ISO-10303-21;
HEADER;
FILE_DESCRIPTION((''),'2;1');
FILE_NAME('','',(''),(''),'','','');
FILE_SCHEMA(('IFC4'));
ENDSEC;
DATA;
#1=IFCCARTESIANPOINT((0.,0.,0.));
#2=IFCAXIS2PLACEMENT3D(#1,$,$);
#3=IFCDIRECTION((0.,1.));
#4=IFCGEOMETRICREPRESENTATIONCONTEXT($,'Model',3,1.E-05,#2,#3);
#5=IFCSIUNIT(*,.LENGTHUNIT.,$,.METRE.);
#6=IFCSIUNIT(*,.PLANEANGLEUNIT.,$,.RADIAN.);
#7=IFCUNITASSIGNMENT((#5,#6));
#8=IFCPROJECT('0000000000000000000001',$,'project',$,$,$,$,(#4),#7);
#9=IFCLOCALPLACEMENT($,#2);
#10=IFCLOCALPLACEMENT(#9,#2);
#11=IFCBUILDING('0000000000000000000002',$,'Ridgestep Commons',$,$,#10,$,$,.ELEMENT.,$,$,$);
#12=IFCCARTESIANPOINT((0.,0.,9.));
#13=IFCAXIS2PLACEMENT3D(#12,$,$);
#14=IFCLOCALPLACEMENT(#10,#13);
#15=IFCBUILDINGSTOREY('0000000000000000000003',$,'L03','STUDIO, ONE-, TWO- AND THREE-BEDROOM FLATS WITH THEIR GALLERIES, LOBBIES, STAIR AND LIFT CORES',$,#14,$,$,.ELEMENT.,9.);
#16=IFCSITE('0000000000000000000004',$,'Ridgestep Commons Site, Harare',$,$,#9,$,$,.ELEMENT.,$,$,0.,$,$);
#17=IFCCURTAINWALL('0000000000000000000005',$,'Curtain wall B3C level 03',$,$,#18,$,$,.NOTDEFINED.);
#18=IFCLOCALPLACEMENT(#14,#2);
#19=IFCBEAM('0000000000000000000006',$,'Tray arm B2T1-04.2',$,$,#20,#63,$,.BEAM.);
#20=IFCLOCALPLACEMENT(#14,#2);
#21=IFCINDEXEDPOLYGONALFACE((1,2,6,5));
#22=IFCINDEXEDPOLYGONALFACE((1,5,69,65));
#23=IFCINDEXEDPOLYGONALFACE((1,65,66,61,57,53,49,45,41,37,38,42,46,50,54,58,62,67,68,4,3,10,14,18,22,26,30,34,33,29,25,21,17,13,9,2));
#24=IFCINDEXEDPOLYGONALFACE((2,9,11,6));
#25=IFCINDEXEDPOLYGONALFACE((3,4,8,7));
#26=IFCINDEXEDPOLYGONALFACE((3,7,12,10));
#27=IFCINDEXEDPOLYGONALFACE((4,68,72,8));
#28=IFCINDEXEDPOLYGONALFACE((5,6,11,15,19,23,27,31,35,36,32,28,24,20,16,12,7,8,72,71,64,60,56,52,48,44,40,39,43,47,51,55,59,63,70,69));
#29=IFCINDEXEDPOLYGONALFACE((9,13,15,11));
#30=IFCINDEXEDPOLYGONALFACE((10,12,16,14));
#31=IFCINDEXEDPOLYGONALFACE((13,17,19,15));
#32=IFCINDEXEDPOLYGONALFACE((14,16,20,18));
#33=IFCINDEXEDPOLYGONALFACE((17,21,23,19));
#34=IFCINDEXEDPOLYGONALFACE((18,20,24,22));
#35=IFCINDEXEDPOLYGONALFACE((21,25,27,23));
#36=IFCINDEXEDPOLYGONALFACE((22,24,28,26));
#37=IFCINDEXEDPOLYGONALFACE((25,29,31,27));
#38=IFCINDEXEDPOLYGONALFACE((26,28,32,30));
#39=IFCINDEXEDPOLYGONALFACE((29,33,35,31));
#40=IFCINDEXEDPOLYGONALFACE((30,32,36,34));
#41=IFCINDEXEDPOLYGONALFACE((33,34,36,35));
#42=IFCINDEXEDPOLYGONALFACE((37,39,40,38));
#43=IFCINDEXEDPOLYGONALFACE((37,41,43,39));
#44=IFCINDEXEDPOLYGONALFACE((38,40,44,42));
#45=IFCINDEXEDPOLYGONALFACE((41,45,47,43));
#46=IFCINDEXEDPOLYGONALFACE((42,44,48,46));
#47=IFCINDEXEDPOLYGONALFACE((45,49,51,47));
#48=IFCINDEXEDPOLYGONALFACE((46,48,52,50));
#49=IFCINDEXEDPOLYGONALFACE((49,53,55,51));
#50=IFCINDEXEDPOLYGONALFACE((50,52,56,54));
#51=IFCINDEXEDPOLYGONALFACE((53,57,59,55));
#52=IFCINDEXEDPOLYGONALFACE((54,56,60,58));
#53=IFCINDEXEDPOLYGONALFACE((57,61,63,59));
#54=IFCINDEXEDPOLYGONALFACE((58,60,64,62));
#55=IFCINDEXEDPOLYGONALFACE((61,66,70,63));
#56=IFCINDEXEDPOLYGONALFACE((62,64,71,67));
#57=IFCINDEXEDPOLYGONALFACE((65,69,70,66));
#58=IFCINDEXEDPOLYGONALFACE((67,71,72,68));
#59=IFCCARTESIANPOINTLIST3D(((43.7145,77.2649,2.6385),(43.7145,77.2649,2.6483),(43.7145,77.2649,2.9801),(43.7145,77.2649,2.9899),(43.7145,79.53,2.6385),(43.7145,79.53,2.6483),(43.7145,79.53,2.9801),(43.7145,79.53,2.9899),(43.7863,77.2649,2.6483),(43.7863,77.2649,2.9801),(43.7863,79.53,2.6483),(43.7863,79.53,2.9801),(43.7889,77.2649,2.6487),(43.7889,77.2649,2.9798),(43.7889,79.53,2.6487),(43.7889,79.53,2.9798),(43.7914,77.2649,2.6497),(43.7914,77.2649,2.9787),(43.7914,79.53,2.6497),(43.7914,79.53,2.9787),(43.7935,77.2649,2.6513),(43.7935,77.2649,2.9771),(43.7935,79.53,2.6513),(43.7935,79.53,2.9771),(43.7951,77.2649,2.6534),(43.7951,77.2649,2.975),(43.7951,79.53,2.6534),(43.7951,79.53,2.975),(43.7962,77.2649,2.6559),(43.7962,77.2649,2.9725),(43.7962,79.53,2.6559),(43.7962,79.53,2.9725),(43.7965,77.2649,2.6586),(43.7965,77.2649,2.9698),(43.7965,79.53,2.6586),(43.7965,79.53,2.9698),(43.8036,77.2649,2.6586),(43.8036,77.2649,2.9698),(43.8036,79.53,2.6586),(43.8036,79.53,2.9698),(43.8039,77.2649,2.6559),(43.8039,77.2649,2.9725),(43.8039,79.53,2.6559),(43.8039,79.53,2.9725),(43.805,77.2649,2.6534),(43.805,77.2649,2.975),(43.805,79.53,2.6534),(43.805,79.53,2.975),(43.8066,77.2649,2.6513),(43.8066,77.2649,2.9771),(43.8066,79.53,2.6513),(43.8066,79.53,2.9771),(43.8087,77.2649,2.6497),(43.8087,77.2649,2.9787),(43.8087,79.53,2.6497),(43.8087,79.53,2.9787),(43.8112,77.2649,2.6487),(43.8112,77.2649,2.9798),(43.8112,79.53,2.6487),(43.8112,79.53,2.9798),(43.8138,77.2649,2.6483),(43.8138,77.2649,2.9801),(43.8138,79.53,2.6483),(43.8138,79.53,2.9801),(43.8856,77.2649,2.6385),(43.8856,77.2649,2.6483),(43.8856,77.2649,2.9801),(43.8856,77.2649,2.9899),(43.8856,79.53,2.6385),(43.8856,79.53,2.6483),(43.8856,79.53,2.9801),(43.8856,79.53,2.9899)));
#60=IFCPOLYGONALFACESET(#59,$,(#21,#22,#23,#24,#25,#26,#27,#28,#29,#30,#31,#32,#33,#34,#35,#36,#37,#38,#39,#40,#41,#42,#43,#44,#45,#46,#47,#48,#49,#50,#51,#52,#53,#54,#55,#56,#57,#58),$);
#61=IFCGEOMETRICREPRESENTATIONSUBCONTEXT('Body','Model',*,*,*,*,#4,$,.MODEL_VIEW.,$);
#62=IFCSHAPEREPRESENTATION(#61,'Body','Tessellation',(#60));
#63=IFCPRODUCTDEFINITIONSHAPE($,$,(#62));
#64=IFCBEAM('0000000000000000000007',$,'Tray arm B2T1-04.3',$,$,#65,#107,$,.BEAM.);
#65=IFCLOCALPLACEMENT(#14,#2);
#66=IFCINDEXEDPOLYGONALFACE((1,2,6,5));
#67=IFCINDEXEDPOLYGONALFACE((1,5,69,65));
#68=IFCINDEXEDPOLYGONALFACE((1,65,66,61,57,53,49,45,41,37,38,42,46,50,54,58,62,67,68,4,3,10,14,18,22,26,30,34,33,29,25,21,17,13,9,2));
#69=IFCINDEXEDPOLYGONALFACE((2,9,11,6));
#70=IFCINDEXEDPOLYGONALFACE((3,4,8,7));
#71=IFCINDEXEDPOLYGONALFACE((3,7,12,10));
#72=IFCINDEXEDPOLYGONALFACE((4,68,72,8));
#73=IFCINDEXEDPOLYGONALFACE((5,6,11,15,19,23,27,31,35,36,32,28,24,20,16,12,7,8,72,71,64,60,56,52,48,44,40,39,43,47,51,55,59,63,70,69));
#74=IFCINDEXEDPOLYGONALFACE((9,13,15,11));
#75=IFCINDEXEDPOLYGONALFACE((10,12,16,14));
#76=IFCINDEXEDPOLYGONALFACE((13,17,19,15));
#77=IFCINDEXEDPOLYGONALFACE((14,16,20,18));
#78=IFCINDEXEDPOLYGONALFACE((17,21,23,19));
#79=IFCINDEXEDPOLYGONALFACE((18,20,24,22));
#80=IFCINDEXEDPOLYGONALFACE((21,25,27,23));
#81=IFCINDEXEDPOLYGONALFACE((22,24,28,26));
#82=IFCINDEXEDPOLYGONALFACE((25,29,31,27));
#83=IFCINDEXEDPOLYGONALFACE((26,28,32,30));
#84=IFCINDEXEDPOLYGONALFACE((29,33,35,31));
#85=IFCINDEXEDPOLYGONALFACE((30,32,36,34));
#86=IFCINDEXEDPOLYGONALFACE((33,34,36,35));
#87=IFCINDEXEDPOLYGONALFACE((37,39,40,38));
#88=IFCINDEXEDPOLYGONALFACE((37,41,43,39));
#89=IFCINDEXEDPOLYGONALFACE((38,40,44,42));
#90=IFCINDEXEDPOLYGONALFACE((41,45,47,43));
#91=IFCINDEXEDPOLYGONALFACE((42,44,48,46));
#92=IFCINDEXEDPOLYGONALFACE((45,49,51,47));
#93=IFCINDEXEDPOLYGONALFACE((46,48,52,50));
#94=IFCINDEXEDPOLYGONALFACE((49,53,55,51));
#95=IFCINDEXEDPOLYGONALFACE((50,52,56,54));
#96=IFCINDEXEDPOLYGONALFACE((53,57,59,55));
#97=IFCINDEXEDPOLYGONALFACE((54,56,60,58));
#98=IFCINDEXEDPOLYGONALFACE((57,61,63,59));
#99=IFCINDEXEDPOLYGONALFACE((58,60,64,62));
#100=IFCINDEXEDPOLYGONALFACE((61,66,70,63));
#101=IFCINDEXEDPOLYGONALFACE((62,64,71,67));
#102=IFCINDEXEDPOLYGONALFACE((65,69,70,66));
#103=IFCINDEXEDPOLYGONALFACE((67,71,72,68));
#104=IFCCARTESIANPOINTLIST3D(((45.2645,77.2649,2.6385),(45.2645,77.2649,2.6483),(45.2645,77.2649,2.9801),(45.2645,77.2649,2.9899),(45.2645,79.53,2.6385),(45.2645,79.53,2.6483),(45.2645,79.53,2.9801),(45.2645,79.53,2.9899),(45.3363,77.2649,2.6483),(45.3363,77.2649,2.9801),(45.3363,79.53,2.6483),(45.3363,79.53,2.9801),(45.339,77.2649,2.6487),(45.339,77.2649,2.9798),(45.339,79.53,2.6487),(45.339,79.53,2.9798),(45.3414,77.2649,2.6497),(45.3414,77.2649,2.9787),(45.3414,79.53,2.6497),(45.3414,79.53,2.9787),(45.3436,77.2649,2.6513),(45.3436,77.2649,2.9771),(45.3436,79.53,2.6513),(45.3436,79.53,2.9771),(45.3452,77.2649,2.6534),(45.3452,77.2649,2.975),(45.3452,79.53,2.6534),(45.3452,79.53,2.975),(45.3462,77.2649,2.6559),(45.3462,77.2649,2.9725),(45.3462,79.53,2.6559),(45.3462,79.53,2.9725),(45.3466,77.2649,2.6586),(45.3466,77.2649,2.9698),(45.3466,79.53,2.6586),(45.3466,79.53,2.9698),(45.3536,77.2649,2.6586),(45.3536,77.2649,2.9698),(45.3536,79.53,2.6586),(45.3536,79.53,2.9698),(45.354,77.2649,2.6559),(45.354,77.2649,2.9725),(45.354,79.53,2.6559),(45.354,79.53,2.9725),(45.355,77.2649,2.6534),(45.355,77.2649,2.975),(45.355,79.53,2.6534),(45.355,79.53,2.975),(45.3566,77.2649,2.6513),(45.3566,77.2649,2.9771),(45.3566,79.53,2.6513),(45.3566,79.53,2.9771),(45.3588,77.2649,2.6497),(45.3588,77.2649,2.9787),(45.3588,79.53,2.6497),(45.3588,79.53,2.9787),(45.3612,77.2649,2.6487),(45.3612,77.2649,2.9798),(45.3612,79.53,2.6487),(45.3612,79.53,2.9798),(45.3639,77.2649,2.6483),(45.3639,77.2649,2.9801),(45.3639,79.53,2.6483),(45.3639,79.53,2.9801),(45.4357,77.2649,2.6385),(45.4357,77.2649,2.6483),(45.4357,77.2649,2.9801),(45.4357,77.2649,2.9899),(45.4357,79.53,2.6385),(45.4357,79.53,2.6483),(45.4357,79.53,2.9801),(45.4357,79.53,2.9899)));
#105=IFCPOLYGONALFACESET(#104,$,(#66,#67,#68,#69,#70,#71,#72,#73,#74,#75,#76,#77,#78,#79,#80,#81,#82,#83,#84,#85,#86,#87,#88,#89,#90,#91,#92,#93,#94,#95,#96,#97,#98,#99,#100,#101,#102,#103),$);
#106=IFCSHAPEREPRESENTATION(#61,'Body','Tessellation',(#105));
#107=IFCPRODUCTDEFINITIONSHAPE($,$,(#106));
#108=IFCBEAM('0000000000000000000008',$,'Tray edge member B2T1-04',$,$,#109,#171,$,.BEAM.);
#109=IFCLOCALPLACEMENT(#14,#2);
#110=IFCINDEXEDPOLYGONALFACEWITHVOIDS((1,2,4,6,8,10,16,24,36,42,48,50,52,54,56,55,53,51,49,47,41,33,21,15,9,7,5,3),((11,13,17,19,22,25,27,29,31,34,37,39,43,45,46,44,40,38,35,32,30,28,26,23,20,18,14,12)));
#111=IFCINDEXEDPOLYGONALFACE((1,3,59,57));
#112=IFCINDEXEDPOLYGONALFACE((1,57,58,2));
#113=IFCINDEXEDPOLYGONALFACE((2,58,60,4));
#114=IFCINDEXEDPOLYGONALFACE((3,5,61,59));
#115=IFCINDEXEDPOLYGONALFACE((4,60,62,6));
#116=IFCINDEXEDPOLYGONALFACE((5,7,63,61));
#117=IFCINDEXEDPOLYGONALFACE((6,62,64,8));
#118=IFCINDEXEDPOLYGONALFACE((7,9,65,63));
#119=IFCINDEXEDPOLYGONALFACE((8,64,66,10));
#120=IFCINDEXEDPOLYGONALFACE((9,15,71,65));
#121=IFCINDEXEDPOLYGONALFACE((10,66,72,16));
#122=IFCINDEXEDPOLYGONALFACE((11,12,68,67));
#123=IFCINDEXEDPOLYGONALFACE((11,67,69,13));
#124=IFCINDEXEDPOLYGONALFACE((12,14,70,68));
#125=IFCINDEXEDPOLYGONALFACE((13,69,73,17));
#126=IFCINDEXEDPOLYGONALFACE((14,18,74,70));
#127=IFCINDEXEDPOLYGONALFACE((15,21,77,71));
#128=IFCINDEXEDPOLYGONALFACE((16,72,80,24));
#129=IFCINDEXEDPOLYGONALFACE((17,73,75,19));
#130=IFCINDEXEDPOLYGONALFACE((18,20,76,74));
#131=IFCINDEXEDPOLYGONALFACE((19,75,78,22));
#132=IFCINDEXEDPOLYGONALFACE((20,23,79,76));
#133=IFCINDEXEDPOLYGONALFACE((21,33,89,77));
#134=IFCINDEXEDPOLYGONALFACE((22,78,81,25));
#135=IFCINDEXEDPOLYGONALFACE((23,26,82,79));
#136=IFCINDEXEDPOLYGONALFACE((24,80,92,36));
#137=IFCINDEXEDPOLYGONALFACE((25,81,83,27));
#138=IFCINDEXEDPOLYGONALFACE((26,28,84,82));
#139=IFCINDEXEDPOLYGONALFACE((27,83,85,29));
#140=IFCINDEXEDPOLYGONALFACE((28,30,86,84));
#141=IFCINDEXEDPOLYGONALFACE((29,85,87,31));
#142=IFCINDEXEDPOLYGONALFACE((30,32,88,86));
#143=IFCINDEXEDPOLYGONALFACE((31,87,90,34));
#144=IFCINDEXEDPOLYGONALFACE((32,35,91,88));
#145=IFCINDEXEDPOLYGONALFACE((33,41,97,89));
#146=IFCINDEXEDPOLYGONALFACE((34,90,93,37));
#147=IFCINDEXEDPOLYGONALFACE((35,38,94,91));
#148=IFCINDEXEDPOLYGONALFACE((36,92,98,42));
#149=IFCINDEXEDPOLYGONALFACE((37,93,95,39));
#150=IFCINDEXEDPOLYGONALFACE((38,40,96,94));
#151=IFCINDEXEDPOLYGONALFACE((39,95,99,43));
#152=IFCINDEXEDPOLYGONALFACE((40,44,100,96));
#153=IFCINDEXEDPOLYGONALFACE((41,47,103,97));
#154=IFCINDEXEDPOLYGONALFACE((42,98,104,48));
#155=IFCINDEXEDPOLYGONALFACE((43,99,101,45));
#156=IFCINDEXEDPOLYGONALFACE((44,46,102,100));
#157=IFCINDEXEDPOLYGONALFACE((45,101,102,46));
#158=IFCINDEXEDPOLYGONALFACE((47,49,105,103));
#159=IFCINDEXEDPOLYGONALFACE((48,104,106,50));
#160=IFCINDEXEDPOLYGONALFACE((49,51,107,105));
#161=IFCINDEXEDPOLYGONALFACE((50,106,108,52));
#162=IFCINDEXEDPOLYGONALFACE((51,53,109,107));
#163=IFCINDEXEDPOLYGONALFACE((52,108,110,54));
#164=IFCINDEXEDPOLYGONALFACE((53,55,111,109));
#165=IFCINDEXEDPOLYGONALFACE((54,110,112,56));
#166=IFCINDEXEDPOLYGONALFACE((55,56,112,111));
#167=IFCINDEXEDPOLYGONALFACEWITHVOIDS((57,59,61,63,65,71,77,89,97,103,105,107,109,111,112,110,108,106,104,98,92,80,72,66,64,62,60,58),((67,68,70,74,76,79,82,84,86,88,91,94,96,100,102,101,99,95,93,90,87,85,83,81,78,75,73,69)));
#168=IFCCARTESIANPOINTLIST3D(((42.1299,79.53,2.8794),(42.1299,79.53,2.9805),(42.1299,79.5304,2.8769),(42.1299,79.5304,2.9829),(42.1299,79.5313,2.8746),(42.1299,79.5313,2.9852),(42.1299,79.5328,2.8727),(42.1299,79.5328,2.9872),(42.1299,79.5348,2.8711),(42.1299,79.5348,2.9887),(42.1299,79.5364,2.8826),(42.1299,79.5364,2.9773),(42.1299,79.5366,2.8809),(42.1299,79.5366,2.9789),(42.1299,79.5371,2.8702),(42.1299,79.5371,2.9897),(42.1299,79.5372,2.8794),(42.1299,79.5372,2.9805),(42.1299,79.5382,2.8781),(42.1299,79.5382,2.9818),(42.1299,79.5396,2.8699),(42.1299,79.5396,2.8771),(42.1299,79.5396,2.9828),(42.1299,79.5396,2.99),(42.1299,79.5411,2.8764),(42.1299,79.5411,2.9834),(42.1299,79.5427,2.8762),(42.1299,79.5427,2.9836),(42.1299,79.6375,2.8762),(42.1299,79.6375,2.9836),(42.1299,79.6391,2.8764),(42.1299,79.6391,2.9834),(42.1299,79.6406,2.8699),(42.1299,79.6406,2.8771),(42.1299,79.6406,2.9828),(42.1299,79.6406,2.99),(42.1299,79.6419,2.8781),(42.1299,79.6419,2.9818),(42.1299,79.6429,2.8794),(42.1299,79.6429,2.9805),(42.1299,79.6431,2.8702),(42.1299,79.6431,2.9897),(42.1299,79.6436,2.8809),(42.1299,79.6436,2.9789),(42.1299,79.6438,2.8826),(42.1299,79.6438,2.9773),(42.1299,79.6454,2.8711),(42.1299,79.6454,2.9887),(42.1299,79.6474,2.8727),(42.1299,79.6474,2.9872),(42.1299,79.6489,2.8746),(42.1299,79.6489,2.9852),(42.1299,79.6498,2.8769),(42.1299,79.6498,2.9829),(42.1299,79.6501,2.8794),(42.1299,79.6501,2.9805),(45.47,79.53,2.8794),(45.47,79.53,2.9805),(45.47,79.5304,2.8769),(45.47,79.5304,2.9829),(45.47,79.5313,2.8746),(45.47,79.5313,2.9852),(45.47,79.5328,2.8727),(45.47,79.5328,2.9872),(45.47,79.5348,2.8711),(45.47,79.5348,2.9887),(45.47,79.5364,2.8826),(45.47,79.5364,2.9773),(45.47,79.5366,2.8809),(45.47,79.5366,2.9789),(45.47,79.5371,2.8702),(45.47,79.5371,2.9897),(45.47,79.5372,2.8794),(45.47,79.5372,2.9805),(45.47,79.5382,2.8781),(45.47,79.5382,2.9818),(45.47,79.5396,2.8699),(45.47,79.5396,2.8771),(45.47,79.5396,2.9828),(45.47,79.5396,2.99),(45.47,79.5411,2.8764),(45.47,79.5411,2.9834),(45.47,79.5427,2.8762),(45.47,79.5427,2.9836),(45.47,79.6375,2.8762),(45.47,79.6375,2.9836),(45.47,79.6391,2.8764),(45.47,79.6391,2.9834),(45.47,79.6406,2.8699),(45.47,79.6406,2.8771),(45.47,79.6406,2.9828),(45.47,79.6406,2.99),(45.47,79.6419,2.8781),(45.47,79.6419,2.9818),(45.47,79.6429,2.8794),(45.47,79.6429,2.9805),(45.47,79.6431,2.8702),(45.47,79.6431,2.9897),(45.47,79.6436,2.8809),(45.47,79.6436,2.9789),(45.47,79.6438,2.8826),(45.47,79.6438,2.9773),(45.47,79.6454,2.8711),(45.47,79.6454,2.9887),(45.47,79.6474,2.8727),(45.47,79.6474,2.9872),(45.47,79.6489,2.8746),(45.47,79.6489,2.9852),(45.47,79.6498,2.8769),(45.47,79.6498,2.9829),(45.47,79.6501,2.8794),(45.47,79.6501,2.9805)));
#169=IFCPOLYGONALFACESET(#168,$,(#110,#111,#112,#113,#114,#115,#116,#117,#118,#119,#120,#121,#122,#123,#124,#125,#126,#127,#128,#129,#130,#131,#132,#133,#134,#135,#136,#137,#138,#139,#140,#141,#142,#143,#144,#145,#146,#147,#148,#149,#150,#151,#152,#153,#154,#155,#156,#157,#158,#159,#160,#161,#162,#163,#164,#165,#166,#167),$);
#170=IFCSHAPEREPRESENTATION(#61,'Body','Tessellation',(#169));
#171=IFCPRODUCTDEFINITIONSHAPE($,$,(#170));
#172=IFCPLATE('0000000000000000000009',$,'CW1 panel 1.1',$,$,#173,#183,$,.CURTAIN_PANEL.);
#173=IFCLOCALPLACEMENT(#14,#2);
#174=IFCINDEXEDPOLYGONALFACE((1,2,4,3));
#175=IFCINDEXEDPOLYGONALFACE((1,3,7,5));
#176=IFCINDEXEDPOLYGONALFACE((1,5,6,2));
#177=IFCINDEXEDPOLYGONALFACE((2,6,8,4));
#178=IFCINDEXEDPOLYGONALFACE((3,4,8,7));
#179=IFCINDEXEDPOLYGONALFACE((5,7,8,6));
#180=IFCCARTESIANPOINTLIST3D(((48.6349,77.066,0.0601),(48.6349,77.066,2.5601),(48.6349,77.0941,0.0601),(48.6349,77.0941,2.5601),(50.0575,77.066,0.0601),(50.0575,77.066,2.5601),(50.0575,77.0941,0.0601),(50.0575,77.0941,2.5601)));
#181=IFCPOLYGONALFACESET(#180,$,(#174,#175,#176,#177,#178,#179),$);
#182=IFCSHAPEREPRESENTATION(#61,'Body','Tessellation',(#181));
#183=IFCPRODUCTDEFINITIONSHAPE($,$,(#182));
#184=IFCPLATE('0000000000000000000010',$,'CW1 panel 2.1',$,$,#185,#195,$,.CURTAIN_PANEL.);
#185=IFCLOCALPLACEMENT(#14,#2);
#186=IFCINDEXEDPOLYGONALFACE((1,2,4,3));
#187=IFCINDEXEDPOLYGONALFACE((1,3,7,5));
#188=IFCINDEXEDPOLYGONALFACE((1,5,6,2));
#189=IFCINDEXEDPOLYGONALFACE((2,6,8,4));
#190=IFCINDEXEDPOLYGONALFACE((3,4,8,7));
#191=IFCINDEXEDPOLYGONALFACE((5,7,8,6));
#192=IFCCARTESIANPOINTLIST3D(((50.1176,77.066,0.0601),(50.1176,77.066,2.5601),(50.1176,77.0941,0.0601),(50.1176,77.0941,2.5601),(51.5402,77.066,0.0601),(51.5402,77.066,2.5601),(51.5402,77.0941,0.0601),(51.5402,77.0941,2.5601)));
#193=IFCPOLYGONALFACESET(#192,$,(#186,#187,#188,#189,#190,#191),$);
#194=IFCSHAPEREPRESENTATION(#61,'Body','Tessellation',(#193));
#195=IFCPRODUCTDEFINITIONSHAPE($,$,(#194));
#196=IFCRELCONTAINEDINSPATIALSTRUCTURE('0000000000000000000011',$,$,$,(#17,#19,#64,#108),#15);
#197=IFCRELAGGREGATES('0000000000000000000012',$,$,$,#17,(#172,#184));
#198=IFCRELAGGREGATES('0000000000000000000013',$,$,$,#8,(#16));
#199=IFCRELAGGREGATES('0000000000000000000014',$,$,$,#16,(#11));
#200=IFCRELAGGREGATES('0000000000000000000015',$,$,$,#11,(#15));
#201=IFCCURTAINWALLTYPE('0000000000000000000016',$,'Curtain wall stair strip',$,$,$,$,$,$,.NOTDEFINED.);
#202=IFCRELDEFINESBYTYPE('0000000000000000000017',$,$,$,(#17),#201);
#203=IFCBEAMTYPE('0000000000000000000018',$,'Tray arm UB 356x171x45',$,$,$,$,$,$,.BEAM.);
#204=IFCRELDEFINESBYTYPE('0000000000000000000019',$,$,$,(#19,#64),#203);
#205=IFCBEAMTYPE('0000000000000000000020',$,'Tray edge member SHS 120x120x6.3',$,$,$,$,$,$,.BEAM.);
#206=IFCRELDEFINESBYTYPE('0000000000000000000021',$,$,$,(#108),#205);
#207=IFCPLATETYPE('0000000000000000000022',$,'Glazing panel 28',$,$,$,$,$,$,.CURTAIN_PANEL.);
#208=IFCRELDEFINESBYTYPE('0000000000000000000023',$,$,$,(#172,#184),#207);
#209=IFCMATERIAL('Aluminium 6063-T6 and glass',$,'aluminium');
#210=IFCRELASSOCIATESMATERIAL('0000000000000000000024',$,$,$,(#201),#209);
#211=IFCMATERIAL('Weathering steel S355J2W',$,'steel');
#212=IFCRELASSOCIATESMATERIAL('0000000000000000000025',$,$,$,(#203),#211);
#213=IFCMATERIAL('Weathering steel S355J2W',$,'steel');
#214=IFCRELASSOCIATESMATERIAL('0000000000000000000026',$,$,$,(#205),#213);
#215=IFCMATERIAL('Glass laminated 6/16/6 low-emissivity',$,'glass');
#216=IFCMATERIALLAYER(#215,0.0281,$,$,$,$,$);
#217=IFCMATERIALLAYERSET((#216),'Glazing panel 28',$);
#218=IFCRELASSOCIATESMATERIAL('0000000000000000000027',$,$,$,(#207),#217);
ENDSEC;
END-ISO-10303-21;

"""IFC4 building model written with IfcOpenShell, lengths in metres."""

from ifc_helpers import new_model, si_unit, direction, frame, origin, origin_2d, place, context, subcontext, project, spatial, rectangle, hollow_rectangle, i_section, extrude, material, layer, layer_set, material_profile, profile_set, type_object, element, aggregate, save


model = new_model("IFC4")

# Units and contexts
model_context = context("Model", 3, precision=1e-05, world=origin(), true_north=direction((0.0, 1.0)))
body_context = subcontext(model_context, "Body", "Model", "MODEL_VIEW")
ifc_project = project(units=[si_unit("LENGTHUNIT", "METRE"), si_unit("PLANEANGLEUNIT", "RADIAN")], contexts=[model_context])

# Site, building, storey
site_placement = place(None, origin())
site = spatial("IfcSite", under=ifc_project, at=site_placement, Name="Ridgestep Commons Site, Harare", CompositionType="ELEMENT", RefElevation=0.0)
building_placement = place(site_placement, origin())
building = spatial("IfcBuilding", under=site, at=building_placement, Name="Ridgestep Commons", CompositionType="ELEMENT")
storey_placement = place(building_placement, frame((0.0, 0.0, 9.0)))
storey = spatial("IfcBuildingStorey", under=building, at=storey_placement, Name="L03", Description="STUDIO, ONE-, TWO- AND THREE-BEDROOM FLATS WITH THEIR GALLERIES, LOBBIES, STAIR AND LIFT CORES", CompositionType="ELEMENT", Elevation=9.0)

# Curtain wall
ifc_material_1 = material(Name="Aluminium 6063-T6 and glass", Category="aluminium")
curtain_wall_type = type_object("IfcCurtainWallType", Name="Curtain wall stair strip", PredefinedType="NOTDEFINED", material=ifc_material_1)
curtain_wall_placement = place(storey_placement, origin())
curtain_wall = element("IfcCurtainWall", 1, at=curtain_wall_placement, inside=storey, type_object=curtain_wall_type, Name="Curtain wall B3C level 03", PredefinedType="NOTDEFINED")

# Beams
ifc_material_2 = material(Name="Weathering steel S355J2W", Category="steel")
ifc_material_profile_1 = material_profile(ifc_material_2, i_section(OverallWidth=0.1711, OverallDepth=0.3513, WebThickness=0.0071, FlangeThickness=0.0098, FilletRadius=0.0103, at=origin_2d()), Name="UB 356x171x45")
ifc_profile_set_1 = profile_set([ifc_material_profile_1], Name="Weathering steel S355J2W")
beam_type_1 = type_object("IfcBeamType", Name="Tray arm UB 356x171x45", PredefinedType="BEAM", material=ifc_profile_set_1)
for number, where, z_axis, x_axis, name in (
    (2, (43.8, 77.2649, 2.8142), (0.0, 1.0, 0.0), (-1.0, 0.0, 0.0), "Tray arm B2T1-04.2"),
    (3, (45.3501, 77.2649, 2.8142), (0.0, 1.0, 0.0), (-1.0, 0.0, 0.0), "Tray arm B2T1-04.3"),
):
    element("IfcBeam", number, at=place(storey_placement, frame(where, z_axis=z_axis, x_axis=x_axis)), inside=storey, type_object=beam_type_1, Name=name, PredefinedType="BEAM", context=body_context, shape_type="SweptSolid", body=[
        extrude(i_section(OverallWidth=0.1711, OverallDepth=0.3513, WebThickness=0.0071, FlangeThickness=0.0098, FilletRadius=0.0103, at=origin_2d()), origin(), (0.0, 0.0, 1.0), 2.2651),
    ])
ifc_material_3 = material(Name="Weathering steel S355J2W", Category="steel")
ifc_material_profile_2 = material_profile(ifc_material_3, hollow_rectangle(XDim=0.1201, YDim=0.1201, WallThickness=0.0063, InnerFilletRadius=0.0063, OuterFilletRadius=0.0095, at=origin_2d()), Name="SHS 120x120x6.3")
ifc_profile_set_2 = profile_set([ifc_material_profile_2], Name="Weathering steel S355J2W")
beam_type_2 = type_object("IfcBeamType", Name="Tray edge member SHS 120x120x6.3", PredefinedType="BEAM", material=ifc_profile_set_2)
beam_placement = place(storey_placement, frame((42.1299, 79.5901, 2.9299), z_axis=(1.0, 0.0, 0.0), x_axis=(0.0, 0.0, 1.0)))
element("IfcBeam", 4, at=beam_placement, inside=storey, type_object=beam_type_2, Name="Tray edge member B2T1-04", PredefinedType="BEAM", context=body_context, shape_type="SweptSolid", body=[
    extrude(hollow_rectangle(XDim=0.1201, YDim=0.1201, WallThickness=0.0063, InnerFilletRadius=0.0063, OuterFilletRadius=0.0095, at=origin_2d()), origin(), (0.0, 0.0, 1.0), 3.3401),
])

# Plates
ifc_material_4 = material(Name="Glass laminated 6/16/6 low-emissivity", Category="glass")
ifc_layer_1 = layer(ifc_material_4, 0.0281)
ifc_layer_set_1 = layer_set([ifc_layer_1], Name="Glazing panel 28")
plate_type_1 = type_object("IfcPlateType", Name="Glazing panel 28", PredefinedType="CURTAIN_PANEL", material=ifc_layer_set_1)
plate_1_placement = place(storey_placement, frame((49.3462, 77.0801, 0.0601), z_axis=(0.0, 0.0, 1.0), x_axis=(1.0, 0.0, 0.0)))
plate_1 = element("IfcPlate", 5, at=plate_1_placement, type_object=plate_type_1, Name="CW1 panel 1.1", PredefinedType="CURTAIN_PANEL", context=body_context, shape_type="SweptSolid", body=[
    extrude(rectangle(XDim=1.4226, YDim=0.0281, at=origin_2d()), origin(), (0.0, 0.0, 1.0), 2.5),
])
plate_2_placement = place(storey_placement, frame((50.8289, 77.0801, 0.0601), z_axis=(0.0, 0.0, 1.0), x_axis=(1.0, 0.0, 0.0)))
plate_2 = element("IfcPlate", 6, at=plate_2_placement, type_object=plate_type_1, Name="CW1 panel 2.1", PredefinedType="CURTAIN_PANEL", context=body_context, shape_type="SweptSolid", body=[
    extrude(rectangle(XDim=1.4226, YDim=0.0281, at=origin_2d()), origin(), (0.0, 0.0, 1.0), 2.5),
])
aggregate(curtain_wall, [plate_1, plate_2])

save(model, "model.ifc")
